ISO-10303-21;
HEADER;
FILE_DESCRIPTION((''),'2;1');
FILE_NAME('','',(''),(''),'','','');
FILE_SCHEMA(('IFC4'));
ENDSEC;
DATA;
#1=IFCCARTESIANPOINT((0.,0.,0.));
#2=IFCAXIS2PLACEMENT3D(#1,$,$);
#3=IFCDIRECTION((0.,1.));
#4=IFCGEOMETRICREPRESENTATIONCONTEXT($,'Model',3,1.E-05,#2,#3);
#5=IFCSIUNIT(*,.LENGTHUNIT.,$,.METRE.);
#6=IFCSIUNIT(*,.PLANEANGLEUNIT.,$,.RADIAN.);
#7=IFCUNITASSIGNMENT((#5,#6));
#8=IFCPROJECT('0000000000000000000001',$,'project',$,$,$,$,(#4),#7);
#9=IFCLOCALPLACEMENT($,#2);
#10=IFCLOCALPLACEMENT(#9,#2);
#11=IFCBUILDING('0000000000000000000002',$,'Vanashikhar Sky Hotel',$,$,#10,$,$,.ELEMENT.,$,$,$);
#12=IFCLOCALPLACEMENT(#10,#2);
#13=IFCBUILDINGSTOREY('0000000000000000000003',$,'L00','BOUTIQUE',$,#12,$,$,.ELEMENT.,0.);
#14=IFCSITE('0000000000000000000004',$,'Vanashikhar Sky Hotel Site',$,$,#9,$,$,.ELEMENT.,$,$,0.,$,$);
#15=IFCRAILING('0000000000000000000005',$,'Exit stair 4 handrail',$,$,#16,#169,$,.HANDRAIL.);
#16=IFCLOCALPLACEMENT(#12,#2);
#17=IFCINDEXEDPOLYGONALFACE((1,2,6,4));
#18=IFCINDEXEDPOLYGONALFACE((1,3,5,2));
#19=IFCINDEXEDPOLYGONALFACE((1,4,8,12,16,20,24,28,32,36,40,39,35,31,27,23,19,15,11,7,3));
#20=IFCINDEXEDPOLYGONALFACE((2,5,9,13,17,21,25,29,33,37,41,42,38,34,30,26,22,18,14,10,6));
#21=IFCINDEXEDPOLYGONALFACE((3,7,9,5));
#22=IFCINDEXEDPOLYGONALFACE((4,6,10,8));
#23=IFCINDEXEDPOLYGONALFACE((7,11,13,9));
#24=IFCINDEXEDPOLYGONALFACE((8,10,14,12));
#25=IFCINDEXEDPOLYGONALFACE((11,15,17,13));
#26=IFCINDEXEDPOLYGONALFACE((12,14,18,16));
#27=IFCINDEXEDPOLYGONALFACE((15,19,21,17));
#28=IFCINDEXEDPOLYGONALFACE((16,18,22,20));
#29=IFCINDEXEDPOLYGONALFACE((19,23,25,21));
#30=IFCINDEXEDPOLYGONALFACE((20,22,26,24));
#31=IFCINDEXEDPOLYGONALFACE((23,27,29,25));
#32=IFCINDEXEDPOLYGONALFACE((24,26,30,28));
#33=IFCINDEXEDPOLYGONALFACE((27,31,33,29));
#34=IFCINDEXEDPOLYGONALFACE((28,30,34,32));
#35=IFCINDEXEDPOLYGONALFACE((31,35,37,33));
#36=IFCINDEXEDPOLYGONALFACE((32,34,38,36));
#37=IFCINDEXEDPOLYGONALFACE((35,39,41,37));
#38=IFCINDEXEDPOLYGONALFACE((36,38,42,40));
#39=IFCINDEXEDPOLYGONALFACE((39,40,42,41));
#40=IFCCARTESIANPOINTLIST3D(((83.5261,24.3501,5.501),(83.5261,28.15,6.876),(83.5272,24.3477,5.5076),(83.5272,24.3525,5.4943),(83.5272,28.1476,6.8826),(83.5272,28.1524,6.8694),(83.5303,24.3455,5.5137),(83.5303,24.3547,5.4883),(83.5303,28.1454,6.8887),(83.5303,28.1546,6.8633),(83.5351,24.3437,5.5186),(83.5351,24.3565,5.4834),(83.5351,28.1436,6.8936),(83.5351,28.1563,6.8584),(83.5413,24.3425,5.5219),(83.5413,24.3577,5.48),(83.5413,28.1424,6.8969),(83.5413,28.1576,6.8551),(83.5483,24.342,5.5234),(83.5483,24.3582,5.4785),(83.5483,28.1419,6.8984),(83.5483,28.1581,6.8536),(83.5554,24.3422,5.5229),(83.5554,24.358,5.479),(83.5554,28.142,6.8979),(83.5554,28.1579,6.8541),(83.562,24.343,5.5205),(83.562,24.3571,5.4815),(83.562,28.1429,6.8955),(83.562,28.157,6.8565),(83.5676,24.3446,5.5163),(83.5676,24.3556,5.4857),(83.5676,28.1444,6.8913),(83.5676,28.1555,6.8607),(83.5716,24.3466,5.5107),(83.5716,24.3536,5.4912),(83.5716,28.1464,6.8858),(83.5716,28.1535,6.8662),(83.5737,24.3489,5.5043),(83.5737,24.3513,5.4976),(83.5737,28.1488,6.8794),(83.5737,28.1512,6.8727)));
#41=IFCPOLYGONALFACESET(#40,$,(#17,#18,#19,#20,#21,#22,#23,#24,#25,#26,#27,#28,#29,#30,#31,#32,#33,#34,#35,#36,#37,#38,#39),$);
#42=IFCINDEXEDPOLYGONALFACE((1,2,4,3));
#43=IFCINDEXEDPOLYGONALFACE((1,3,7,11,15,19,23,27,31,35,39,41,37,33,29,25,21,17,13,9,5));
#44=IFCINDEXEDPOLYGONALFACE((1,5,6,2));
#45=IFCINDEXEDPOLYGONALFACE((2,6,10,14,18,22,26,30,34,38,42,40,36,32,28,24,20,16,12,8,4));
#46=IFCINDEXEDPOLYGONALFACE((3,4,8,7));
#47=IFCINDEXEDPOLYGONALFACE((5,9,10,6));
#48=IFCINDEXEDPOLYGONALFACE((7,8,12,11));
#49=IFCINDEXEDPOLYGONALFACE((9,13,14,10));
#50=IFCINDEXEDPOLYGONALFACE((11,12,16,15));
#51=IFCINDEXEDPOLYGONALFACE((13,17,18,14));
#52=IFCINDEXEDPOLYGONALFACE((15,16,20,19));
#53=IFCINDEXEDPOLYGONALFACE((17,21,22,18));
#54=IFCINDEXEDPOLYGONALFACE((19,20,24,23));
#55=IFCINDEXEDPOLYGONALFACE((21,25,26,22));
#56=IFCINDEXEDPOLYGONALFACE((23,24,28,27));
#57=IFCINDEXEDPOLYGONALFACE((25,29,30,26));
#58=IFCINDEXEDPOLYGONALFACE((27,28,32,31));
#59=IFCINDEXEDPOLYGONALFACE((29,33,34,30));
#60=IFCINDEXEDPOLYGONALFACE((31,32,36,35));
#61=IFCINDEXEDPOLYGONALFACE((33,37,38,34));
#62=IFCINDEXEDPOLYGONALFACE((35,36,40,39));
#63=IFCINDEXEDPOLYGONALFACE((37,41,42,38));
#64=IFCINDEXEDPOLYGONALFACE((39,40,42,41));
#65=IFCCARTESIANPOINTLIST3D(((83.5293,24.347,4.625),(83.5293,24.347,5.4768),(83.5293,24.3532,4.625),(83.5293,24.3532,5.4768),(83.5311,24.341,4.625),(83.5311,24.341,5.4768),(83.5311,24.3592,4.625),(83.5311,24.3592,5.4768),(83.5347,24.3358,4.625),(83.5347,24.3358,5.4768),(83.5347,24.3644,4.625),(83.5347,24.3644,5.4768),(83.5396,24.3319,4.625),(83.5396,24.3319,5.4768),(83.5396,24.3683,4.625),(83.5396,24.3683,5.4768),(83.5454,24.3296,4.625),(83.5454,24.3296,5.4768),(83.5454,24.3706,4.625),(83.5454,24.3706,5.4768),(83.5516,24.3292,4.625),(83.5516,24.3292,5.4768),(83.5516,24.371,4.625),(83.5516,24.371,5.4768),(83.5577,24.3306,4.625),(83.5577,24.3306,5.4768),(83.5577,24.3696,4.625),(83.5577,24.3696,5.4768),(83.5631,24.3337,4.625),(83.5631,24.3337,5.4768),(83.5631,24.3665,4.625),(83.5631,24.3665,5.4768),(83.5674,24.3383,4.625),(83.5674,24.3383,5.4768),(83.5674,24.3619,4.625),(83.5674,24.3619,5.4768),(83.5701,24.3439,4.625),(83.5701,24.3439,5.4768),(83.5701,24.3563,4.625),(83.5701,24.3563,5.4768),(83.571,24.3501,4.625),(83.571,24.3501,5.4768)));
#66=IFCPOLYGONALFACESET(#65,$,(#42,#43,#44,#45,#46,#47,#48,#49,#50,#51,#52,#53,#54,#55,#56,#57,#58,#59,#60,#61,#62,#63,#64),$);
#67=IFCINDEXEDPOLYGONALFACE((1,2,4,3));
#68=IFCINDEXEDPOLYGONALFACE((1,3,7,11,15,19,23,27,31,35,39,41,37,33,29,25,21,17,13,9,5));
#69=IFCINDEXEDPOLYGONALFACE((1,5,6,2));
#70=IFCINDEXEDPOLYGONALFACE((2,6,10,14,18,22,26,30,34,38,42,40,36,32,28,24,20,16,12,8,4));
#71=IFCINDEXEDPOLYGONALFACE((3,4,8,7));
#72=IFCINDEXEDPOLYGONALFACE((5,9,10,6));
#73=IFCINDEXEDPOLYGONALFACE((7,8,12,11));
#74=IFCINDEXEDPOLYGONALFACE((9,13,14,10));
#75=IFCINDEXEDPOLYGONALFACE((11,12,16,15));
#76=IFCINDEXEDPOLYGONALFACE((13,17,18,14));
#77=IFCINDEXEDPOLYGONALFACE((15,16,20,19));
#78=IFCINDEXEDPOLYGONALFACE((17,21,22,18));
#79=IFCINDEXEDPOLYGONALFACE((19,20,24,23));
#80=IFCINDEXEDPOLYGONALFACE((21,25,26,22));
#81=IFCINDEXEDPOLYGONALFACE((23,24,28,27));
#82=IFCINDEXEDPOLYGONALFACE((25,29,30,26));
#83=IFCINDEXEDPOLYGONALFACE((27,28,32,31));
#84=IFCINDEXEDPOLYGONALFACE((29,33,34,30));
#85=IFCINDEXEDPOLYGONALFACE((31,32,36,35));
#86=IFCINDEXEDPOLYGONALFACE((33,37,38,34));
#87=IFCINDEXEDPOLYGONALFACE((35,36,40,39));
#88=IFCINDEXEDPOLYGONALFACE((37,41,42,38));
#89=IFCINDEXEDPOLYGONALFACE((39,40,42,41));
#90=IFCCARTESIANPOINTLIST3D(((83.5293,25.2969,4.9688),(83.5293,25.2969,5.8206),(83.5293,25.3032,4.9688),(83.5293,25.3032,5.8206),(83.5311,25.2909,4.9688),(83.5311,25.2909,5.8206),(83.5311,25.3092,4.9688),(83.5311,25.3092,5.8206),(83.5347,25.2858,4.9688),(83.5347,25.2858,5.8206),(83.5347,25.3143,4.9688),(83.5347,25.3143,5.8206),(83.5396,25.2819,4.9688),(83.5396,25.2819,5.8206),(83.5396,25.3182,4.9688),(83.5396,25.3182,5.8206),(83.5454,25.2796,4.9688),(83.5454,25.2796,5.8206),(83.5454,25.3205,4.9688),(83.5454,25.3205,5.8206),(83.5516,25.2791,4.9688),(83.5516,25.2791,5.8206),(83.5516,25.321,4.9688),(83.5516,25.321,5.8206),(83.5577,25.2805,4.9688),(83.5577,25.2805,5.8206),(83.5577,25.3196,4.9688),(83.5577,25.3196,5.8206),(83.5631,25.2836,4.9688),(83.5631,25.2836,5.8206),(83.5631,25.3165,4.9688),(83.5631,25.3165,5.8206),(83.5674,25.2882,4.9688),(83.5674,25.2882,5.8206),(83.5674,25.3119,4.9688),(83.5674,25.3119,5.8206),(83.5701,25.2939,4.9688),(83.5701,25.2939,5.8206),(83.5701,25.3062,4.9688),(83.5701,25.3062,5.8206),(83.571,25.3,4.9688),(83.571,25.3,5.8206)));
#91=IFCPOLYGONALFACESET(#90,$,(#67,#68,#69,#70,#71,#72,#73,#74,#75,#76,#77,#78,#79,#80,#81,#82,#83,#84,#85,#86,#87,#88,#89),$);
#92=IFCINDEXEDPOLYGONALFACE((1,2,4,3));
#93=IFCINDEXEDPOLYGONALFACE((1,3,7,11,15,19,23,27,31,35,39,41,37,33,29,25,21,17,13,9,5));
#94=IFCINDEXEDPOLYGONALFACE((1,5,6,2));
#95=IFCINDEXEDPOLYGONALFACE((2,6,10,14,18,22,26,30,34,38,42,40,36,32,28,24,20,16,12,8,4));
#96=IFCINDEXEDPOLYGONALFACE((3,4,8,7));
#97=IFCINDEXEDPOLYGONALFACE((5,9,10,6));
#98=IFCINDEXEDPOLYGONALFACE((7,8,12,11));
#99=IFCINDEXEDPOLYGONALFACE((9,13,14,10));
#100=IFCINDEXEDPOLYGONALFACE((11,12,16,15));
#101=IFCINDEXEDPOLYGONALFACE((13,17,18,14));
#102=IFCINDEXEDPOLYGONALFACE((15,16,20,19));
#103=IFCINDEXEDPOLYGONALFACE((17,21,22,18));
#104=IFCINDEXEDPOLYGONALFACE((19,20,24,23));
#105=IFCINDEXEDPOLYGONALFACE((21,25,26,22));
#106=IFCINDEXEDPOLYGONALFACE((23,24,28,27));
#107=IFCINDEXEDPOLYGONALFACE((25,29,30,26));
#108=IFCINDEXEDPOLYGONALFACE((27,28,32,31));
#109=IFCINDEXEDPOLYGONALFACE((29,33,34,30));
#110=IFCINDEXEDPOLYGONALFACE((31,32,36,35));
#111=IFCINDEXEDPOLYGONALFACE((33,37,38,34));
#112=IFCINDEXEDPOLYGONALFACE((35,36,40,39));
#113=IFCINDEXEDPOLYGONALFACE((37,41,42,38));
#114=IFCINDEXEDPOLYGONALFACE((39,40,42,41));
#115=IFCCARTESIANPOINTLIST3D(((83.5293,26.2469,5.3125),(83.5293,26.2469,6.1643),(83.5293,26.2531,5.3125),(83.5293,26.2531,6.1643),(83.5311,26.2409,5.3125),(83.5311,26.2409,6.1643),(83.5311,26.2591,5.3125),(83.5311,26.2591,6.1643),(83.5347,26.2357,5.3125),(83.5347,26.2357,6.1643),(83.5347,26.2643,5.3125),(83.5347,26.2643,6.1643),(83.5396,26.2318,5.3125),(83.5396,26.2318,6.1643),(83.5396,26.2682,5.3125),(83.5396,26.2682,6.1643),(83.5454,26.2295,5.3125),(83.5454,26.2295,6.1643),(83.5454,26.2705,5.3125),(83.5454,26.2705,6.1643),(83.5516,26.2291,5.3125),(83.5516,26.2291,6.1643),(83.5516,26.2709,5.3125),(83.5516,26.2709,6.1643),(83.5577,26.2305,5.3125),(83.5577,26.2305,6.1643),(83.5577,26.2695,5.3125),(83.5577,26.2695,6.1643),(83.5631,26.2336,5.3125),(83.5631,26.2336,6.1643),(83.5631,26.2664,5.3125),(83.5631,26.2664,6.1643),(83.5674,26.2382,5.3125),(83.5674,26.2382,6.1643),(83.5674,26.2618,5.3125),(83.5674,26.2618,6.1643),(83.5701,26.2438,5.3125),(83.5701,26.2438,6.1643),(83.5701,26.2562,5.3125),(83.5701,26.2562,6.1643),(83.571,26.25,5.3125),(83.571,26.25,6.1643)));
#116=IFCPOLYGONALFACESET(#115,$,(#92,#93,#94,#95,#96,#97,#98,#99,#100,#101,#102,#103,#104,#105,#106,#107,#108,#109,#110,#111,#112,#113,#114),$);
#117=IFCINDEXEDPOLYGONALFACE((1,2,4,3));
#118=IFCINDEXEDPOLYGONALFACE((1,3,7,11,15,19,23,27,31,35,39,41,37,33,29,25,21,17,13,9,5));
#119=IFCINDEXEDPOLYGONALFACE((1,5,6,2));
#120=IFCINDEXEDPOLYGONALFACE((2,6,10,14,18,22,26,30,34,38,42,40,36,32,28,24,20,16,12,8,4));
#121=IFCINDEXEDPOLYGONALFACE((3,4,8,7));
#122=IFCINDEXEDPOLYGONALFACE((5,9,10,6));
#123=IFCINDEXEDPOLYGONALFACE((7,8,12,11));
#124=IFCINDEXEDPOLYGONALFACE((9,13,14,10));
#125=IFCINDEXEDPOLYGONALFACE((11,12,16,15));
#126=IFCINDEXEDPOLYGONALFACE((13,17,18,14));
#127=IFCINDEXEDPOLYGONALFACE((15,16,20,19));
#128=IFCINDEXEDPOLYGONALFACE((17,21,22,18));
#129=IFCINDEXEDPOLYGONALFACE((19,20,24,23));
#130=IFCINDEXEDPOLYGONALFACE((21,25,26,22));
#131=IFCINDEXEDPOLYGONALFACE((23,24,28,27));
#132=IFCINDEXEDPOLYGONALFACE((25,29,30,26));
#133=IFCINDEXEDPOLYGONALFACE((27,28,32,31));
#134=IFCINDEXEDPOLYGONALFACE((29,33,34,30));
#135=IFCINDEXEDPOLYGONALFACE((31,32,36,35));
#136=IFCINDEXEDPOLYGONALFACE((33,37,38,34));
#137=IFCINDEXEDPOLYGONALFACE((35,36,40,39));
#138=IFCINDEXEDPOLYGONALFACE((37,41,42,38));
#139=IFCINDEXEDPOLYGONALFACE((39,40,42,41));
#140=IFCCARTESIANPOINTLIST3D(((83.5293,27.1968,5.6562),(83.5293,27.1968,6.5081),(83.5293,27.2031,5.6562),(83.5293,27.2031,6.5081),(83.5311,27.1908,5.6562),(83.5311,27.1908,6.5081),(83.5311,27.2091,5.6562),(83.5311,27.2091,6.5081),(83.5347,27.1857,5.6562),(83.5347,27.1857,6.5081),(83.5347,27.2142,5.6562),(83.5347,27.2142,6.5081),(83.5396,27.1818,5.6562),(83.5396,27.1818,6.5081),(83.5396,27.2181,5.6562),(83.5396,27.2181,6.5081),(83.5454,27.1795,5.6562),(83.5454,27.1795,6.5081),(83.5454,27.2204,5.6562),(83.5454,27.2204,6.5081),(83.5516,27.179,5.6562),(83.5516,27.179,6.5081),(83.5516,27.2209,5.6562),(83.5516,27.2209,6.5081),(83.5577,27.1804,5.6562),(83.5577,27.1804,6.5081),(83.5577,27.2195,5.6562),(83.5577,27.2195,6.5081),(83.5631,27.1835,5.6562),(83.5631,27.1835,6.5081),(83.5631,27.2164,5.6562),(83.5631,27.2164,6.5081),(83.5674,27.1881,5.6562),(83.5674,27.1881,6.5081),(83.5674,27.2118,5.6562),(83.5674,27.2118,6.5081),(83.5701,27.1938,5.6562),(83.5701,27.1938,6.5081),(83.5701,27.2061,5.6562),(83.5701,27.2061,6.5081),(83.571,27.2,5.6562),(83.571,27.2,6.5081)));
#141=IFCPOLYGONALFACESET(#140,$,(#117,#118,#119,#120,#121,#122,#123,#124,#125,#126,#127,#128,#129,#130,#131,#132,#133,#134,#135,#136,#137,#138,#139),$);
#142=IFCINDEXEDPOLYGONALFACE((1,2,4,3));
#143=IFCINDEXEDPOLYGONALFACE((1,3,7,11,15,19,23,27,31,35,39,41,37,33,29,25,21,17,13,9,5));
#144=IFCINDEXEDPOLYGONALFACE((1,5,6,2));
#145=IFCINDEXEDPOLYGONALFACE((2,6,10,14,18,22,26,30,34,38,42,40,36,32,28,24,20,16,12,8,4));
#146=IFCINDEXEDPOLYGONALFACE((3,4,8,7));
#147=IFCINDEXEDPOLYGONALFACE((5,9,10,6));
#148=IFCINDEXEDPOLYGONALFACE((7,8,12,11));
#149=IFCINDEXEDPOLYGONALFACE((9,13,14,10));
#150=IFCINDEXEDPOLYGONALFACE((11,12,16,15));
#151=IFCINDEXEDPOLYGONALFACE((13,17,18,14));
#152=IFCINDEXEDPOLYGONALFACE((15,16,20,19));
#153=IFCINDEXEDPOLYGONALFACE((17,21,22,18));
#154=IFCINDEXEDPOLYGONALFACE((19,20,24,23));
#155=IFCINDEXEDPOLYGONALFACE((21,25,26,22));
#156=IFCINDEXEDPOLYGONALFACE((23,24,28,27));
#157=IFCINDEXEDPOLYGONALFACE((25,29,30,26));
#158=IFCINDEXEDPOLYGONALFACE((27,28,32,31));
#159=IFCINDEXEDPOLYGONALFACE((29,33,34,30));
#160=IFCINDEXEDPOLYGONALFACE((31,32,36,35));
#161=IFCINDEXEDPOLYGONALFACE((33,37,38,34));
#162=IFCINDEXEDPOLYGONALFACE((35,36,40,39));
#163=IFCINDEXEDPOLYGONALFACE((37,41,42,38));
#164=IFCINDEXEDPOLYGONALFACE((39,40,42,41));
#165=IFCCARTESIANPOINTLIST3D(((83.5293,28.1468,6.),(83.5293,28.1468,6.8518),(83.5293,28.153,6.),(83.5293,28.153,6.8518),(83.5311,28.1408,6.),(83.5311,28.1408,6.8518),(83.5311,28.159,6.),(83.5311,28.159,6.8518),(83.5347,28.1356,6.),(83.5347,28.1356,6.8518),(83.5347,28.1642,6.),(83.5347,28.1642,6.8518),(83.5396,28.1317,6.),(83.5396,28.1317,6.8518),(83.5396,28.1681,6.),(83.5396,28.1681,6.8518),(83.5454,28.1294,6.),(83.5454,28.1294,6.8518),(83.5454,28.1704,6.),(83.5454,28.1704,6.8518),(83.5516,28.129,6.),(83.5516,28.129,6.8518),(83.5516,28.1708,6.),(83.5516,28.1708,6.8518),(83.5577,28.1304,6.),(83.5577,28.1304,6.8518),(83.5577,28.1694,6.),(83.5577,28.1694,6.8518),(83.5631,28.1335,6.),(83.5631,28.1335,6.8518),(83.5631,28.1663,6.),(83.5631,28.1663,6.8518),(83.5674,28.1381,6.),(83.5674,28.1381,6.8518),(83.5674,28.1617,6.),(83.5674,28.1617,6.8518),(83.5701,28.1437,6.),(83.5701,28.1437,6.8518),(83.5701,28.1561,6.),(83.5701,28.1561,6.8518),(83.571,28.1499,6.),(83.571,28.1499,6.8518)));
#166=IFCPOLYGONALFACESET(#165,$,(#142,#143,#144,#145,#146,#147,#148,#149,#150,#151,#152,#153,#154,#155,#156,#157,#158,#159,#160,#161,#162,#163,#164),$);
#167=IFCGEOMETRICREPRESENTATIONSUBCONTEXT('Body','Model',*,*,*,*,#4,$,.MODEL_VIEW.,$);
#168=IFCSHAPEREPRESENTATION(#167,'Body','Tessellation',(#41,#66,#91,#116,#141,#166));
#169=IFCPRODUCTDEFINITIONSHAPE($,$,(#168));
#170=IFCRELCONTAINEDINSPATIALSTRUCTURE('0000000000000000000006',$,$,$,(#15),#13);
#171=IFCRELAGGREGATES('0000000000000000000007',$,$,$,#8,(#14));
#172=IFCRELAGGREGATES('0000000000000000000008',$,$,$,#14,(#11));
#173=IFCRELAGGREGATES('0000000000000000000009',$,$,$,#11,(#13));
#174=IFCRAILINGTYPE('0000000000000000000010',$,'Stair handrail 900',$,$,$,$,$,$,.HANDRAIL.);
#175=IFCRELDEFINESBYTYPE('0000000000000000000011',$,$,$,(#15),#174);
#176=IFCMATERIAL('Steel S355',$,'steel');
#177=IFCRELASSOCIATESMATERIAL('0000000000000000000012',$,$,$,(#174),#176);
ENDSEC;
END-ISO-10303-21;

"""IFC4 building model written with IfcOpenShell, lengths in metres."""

from ifc_helpers import new_model, si_unit, direction, frame, origin, origin_2d, place, context, subcontext, project, spatial, circle, extrude, source, transform, mapped, material, type_object, element, save


model = new_model("IFC4")

# Units and contexts
model_context = context("Model", 3, precision=1e-05, world=origin(), true_north=direction((0.0, 1.0)))
body_context = subcontext(model_context, "Body", "Model", "MODEL_VIEW")
ifc_project = project(units=[si_unit("LENGTHUNIT", "METRE"), si_unit("PLANEANGLEUNIT", "RADIAN")], contexts=[model_context])

# Site, building, storey
site_placement = place(None, origin())
site = spatial("IfcSite", under=ifc_project, at=site_placement, Name="Vanashikhar Sky Hotel Site", CompositionType="ELEMENT", RefElevation=0.0)
building_placement = place(site_placement, origin())
building = spatial("IfcBuilding", under=site, at=building_placement, Name="Vanashikhar Sky Hotel", CompositionType="ELEMENT")
storey_placement = place(building_placement, origin())
storey = spatial("IfcBuildingStorey", under=building, at=storey_placement, Name="L00", Description="BOUTIQUE", CompositionType="ELEMENT", Elevation=0.0)

# Railing
ifc_material_1 = material(Name="Steel S355", Category="steel")
railing_type_1 = type_object("IfcRailingType", Name="Stair handrail 900", PredefinedType="HANDRAIL", material=ifc_material_1)
shared_shape_1 = source(origin(), body_context, "Body", "SweptSolid", [
    extrude(circle(Radius=0.0239, at=origin_2d()), frame((0.0, 0.0, 0.876), z_axis=(0.0, 0.940329, 0.340268), x_axis=(-1.0, 0.0, 0.0)), (0.0, 0.0, 1.0), 4.041),
    extrude(circle(Radius=0.021, at=origin_2d()), origin(), (0.0, 0.0, 1.0), 0.8518),
    extrude(circle(Radius=0.021, at=origin_2d()), frame((0.0, 0.95, 0.3438)), (0.0, 0.0, 1.0), 0.8518),
    extrude(circle(Radius=0.021, at=origin_2d()), frame((0.0, 1.8999, 0.6875)), (0.0, 0.0, 1.0), 0.8518),
    extrude(circle(Radius=0.021, at=origin_2d()), frame((0.0, 2.8499, 1.0312)), (0.0, 0.0, 1.0), 0.8518),
    extrude(circle(Radius=0.021, at=origin_2d()), frame((0.0, 3.7998, 1.375)), (0.0, 0.0, 1.0), 0.8518),
])
for number, where, name in (
    (1, (83.55, 24.3501, 4.625), "Exit stair 4 handrail"),
):
    element("IfcRailing", number, at=place(storey_placement, frame(where)), inside=storey, type_object=railing_type_1, Name=name, PredefinedType="HANDRAIL", context=body_context, shape_type="MappedRepresentation", body=[
        mapped(shared_shape_1, transform((0.0, 0.0, 0.0), scale=1.0)),
    ])

save(model, "model.ifc")
